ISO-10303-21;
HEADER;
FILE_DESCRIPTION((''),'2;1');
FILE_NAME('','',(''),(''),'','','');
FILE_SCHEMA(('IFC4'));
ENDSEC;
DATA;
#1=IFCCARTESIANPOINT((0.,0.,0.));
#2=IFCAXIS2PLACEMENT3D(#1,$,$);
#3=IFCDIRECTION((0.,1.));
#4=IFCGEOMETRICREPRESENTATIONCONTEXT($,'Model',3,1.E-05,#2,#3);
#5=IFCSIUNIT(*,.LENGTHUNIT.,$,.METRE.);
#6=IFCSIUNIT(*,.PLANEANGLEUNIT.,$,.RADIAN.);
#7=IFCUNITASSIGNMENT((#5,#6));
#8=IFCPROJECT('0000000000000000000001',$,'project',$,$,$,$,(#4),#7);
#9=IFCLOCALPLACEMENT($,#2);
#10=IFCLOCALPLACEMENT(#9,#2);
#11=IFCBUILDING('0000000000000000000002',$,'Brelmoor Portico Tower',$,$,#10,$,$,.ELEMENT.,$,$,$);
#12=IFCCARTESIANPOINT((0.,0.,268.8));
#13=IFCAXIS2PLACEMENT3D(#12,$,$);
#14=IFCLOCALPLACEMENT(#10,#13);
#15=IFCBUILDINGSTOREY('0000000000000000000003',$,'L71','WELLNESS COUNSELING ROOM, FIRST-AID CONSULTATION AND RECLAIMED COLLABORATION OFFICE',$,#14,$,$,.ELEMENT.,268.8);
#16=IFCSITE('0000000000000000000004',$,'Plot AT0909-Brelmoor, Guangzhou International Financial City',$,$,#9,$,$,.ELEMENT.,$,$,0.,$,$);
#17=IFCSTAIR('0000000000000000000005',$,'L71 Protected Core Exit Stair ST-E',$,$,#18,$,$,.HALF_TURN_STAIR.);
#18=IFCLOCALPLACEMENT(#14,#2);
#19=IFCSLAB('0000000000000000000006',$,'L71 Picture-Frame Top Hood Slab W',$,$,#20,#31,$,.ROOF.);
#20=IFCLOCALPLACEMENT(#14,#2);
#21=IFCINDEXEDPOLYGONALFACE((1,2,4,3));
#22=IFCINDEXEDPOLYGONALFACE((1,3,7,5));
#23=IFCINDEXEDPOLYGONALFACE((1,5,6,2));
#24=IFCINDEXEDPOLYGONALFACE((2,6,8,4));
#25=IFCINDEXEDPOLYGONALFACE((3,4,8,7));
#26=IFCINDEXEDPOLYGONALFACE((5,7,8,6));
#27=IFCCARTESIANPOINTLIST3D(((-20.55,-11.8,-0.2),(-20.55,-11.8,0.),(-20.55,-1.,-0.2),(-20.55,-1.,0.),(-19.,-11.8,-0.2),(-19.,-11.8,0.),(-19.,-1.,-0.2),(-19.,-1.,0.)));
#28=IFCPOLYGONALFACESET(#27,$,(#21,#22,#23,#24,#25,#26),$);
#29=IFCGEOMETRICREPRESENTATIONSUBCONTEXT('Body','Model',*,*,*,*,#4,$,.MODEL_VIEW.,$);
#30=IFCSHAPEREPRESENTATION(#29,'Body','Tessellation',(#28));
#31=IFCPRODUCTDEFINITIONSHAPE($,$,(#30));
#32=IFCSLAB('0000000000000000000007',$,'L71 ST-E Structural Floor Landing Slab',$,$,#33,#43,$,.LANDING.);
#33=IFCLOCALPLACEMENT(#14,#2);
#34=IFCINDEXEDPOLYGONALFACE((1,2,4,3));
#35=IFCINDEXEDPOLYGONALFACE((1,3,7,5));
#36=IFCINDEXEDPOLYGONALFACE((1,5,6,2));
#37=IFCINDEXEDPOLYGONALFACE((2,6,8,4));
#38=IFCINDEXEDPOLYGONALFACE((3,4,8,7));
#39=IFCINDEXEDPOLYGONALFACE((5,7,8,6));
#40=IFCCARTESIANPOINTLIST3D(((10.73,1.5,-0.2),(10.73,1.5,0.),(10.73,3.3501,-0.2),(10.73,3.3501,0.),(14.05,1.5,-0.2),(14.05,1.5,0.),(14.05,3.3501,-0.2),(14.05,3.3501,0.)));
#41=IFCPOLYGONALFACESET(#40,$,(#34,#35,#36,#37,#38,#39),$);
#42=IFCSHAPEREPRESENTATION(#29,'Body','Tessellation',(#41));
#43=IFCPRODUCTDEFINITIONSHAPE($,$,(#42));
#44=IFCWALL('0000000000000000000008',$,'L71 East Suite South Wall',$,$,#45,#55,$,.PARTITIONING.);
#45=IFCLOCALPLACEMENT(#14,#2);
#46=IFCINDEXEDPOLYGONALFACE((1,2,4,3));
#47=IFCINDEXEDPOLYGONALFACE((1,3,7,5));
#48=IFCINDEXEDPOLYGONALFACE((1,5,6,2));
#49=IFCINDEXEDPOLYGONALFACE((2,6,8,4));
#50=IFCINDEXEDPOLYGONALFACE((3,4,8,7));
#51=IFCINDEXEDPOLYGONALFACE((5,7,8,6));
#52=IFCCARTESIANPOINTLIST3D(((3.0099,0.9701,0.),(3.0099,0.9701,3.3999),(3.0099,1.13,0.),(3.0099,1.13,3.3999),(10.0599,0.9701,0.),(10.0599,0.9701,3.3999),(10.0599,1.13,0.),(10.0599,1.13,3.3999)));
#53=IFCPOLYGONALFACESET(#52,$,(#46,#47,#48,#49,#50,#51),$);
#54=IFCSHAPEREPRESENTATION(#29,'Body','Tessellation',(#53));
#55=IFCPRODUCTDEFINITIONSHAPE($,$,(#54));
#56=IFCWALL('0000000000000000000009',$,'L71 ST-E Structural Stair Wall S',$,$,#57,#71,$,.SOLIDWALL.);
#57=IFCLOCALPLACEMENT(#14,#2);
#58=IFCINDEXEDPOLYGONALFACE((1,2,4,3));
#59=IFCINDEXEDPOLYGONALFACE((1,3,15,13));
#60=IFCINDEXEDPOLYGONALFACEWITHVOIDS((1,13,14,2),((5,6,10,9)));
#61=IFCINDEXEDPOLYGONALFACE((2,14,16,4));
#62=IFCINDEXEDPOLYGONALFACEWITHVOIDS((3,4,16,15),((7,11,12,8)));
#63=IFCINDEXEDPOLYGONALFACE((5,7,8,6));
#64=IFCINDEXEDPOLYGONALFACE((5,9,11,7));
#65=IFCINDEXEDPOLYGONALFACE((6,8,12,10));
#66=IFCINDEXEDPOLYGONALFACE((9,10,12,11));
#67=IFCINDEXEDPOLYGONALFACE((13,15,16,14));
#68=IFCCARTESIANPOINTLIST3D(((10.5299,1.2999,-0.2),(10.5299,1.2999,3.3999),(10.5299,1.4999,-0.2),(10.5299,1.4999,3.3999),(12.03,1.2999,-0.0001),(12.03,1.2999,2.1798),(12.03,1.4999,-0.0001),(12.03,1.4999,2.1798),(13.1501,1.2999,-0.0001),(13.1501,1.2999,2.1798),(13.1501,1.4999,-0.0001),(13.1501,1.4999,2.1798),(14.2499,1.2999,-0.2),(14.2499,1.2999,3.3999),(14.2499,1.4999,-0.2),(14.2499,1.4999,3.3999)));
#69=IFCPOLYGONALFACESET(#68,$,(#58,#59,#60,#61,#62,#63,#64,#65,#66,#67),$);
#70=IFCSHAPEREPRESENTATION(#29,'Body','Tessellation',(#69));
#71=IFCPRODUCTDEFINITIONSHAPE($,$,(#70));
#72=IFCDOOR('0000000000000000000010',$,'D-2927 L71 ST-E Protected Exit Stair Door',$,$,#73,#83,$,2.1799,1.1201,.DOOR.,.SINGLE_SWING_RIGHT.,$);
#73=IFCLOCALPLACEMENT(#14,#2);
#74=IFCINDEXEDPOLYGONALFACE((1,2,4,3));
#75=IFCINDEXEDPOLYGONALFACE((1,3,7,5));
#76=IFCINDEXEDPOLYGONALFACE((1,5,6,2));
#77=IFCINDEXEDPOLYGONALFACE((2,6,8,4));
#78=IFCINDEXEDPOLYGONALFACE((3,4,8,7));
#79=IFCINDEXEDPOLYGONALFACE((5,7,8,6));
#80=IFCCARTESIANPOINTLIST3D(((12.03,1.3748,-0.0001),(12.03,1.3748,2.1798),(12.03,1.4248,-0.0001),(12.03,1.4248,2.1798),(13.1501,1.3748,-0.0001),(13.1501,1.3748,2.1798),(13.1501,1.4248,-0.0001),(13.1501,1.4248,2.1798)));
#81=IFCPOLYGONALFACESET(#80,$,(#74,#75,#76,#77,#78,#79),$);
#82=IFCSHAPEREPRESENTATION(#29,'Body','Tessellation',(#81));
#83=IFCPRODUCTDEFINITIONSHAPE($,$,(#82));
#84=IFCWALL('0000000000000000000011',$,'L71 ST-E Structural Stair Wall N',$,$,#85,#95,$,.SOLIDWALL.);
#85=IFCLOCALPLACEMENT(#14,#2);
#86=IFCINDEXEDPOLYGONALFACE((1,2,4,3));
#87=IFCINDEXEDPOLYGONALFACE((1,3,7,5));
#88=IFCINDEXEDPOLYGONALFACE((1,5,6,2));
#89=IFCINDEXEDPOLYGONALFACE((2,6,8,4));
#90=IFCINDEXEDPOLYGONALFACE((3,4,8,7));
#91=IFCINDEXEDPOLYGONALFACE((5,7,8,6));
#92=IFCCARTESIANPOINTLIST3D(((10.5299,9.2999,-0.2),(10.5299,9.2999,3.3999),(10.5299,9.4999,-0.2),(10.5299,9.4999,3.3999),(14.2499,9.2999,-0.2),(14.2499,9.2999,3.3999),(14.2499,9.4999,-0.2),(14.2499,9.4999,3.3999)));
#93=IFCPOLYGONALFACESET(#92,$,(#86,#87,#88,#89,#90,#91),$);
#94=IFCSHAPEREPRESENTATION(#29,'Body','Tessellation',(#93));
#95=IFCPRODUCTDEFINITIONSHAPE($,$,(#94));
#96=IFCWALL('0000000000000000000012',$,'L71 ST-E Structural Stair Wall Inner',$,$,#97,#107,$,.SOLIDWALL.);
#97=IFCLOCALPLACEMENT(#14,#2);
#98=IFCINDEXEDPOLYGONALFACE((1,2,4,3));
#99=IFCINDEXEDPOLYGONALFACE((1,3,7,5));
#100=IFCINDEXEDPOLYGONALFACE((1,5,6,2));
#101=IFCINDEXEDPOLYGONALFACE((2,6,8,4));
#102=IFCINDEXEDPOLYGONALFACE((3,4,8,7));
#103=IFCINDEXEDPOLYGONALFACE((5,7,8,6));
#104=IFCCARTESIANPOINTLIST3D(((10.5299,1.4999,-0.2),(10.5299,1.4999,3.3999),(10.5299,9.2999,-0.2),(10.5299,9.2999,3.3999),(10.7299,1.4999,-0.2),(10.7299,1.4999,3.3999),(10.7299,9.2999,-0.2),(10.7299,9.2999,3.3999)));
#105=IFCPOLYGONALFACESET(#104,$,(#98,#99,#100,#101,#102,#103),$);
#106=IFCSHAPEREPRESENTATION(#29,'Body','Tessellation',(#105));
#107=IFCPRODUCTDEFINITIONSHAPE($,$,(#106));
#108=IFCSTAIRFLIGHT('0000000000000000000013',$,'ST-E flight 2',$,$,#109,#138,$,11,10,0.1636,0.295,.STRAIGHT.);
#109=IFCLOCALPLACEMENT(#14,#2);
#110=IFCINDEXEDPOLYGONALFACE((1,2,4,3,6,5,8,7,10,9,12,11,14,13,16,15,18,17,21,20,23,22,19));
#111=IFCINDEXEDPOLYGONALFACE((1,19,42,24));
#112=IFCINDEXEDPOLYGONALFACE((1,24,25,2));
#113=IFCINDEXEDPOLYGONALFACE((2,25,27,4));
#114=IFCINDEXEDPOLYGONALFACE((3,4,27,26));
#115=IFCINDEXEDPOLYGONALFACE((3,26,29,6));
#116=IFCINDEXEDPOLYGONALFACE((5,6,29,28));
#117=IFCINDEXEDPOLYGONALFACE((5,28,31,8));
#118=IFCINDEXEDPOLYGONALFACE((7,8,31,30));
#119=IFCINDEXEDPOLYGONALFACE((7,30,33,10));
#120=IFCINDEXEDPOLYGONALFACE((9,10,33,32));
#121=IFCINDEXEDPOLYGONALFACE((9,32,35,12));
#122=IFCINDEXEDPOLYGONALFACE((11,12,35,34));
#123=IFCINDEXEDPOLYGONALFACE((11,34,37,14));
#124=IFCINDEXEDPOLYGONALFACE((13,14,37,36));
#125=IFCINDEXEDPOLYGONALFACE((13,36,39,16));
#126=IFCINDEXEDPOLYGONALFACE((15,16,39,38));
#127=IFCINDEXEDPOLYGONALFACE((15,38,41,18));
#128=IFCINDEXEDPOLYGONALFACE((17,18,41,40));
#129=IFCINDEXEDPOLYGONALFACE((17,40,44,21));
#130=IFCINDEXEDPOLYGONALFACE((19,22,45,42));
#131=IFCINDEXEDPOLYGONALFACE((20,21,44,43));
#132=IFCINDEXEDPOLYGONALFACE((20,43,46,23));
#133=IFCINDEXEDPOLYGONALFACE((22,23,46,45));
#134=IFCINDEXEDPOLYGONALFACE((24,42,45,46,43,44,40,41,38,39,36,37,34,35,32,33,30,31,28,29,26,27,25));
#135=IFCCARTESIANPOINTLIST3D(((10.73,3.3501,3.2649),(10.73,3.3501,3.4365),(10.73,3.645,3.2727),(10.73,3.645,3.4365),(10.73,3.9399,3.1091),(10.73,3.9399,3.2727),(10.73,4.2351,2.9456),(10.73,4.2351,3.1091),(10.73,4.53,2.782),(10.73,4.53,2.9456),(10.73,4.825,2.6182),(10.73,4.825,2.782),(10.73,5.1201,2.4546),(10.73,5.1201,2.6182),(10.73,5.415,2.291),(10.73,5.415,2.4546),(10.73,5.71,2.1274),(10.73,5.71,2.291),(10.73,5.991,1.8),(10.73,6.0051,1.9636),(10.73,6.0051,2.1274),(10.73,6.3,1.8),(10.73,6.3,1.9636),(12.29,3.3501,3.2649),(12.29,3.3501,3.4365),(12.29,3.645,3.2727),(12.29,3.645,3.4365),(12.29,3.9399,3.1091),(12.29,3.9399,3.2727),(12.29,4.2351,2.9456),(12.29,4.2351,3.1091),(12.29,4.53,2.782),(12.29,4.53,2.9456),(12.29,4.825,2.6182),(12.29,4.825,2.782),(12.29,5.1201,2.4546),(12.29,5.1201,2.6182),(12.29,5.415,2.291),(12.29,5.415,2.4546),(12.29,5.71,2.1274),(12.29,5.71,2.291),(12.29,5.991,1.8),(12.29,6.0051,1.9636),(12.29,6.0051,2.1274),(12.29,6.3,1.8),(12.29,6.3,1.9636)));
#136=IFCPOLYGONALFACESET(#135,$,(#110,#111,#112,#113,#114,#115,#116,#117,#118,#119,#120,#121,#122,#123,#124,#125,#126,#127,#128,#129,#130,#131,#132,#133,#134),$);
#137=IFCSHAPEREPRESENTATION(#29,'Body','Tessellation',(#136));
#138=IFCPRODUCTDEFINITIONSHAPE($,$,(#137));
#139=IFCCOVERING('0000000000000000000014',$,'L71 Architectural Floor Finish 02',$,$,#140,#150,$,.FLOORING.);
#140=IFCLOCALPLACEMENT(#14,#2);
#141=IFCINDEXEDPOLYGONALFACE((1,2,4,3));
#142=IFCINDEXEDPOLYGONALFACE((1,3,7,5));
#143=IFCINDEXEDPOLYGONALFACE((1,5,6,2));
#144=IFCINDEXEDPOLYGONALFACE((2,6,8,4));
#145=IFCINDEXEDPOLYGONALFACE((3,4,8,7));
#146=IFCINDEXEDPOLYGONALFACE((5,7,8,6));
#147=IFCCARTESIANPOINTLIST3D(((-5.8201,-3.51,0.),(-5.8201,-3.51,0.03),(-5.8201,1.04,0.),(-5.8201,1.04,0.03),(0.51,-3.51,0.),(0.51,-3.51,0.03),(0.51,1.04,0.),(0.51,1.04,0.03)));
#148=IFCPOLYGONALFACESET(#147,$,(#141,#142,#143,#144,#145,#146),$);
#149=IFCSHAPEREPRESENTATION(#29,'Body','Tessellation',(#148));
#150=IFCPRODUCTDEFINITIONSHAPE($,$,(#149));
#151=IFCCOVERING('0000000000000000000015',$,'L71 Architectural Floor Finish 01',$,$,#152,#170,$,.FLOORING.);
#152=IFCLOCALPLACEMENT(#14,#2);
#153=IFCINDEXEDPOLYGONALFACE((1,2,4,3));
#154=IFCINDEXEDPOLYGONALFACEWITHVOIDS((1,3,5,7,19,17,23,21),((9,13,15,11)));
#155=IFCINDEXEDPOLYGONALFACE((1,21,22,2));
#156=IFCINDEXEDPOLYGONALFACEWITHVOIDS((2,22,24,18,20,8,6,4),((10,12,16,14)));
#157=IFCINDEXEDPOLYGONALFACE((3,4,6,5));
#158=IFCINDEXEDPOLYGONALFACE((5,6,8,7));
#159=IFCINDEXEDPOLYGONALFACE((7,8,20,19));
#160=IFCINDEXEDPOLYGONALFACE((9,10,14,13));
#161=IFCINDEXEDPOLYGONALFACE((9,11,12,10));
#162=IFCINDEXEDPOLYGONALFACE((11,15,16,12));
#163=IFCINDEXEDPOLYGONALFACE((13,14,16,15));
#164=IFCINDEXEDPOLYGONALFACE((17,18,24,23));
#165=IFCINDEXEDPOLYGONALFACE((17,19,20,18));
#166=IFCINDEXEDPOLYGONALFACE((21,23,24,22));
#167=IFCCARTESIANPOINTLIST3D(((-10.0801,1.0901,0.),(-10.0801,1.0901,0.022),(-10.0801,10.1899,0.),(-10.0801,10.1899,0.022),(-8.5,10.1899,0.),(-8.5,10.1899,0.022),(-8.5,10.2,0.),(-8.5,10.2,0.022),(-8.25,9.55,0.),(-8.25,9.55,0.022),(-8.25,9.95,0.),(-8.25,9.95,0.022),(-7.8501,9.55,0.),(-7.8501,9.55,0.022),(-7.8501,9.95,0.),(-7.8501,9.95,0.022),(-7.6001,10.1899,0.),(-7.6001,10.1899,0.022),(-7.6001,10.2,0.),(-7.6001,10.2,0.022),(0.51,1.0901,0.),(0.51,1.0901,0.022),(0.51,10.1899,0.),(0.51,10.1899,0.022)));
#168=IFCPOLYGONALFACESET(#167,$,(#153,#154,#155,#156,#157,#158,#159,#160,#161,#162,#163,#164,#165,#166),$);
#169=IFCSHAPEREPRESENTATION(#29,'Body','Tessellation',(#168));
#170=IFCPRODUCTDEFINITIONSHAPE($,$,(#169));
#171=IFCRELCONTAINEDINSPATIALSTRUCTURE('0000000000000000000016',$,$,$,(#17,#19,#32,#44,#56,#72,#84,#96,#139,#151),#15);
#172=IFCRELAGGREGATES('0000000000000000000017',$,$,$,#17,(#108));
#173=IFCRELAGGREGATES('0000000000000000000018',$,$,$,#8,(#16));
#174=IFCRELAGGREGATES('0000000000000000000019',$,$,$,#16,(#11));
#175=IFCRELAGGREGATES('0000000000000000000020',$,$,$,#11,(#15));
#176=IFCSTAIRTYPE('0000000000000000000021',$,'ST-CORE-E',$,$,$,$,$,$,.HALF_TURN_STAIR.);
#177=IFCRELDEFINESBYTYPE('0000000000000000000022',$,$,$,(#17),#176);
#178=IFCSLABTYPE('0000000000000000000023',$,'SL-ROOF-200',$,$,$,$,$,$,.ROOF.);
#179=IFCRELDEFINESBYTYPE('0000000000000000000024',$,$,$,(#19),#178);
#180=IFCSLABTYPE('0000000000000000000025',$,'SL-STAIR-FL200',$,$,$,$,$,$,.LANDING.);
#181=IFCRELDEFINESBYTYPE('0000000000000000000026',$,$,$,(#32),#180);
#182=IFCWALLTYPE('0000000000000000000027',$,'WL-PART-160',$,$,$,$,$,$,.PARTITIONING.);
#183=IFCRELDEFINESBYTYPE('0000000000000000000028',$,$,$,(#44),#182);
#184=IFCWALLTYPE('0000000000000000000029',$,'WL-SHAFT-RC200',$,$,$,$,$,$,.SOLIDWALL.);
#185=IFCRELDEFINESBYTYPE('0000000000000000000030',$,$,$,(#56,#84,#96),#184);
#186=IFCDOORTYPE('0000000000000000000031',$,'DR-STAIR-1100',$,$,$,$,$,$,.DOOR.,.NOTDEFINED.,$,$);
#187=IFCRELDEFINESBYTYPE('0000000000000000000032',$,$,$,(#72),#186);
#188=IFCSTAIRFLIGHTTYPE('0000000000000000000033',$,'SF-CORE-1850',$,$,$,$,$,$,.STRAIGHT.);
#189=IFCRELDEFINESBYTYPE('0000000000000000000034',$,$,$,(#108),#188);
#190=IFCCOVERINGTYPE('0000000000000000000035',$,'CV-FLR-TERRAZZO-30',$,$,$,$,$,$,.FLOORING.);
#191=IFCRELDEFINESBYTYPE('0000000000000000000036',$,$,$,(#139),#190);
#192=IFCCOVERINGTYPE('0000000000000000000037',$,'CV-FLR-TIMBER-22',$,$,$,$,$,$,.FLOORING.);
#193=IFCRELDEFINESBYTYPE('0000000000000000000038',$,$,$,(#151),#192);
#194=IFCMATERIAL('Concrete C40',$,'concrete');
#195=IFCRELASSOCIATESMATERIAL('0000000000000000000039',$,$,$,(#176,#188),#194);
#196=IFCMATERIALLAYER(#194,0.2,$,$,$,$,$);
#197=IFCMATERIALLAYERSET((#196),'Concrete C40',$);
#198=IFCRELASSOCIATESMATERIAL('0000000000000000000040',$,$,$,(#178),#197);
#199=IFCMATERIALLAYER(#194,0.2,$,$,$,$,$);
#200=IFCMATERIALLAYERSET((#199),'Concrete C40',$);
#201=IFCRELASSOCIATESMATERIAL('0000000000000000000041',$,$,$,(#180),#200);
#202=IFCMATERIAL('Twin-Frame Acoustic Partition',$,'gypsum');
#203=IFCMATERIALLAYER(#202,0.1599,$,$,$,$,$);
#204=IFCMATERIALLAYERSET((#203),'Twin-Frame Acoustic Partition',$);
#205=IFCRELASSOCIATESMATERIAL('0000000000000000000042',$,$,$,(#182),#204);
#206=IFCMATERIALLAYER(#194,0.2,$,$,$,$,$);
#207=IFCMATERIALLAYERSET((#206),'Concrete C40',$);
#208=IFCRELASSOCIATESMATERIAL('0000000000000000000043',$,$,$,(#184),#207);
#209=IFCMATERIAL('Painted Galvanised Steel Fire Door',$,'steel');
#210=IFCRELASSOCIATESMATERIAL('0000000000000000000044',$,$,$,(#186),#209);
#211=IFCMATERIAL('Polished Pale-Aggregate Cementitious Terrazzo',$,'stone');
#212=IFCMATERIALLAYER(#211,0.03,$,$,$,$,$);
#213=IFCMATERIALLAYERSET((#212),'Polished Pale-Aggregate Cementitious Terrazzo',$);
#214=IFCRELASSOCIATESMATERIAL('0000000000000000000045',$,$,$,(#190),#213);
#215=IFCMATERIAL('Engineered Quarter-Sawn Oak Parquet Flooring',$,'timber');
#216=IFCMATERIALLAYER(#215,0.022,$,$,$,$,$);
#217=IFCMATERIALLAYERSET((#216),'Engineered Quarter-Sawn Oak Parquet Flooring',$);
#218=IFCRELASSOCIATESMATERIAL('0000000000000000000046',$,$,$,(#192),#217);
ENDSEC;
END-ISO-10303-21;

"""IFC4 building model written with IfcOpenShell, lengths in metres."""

from ifc_helpers import new_model, si_unit, direction, frame, frame_2d, origin, place, context, subcontext, project, spatial, polyline, rectangle, outline, extrude, material, layer, layer_set, type_object, element, fill, aggregate, save


model = new_model("IFC4")

# Units and contexts
model_context = context("Model", 3, precision=1e-05, world=origin(), true_north=direction((0.0, 1.0)))
body_context = subcontext(model_context, "Body", "Model", "MODEL_VIEW")
ifc_project = project(units=[si_unit("LENGTHUNIT", "METRE"), si_unit("PLANEANGLEUNIT", "RADIAN")], contexts=[model_context])

# Site, building, storey
site_placement = place(None, origin())
site = spatial("IfcSite", under=ifc_project, at=site_placement, Name="Plot AT0909-Brelmoor, Guangzhou International Financial City", CompositionType="ELEMENT", RefElevation=0.0)
building_placement = place(site_placement, origin())
building = spatial("IfcBuilding", under=site, at=building_placement, Name="Brelmoor Portico Tower", CompositionType="ELEMENT")
storey_placement = place(building_placement, frame((0.0, 0.0, 268.8)))
storey = spatial("IfcBuildingStorey", under=building, at=storey_placement, Name="L71", Description="WELLNESS COUNSELING ROOM, FIRST-AID CONSULTATION AND RECLAIMED COLLABORATION OFFICE", CompositionType="ELEMENT", Elevation=268.8)

# Shared definitions
ifc_material_1 = material(Name="Concrete C40", Category="concrete")

# Stair
stair_type_1 = type_object("IfcStairType", Name="ST-CORE-E", PredefinedType="HALF_TURN_STAIR", material=ifc_material_1)
stair_1_placement = place(storey_placement, origin())
stair_1 = element("IfcStair", 1, at=stair_1_placement, inside=storey, type_object=stair_type_1, Name="L71 Protected Core Exit Stair ST-E", PredefinedType="HALF_TURN_STAIR")

# Slabs
ifc_layer_1 = layer(ifc_material_1, 0.2)
ifc_layer_set_1 = layer_set([ifc_layer_1], Name="Concrete C40")
slab_type_1 = type_object("IfcSlabType", Name="SL-ROOF-200", PredefinedType="ROOF", material=ifc_layer_set_1)
slab_1_placement = place(storey_placement, frame((0.0, 0.0, -0.2)))
element("IfcSlab", 2, at=slab_1_placement, inside=storey, type_object=slab_type_1, Name="L71 Picture-Frame Top Hood Slab W", PredefinedType="ROOF", context=body_context, shape_type="SweptSolid", body=[
    extrude(outline(polyline([(-20.55, -11.8), (-19.0, -11.8), (-19.0, -1.0), (-20.55, -1.0), (-20.55, -11.8)])), origin(), (0.0, 0.0, 1.0), 0.2),
])
ifc_layer_2 = layer(ifc_material_1, 0.2)
ifc_layer_set_2 = layer_set([ifc_layer_2], Name="Concrete C40")
slab_type_2 = type_object("IfcSlabType", Name="SL-STAIR-FL200", PredefinedType="LANDING", material=ifc_layer_set_2)
slab_2_placement = place(storey_placement, frame((0.0, 0.0, -0.2)))
element("IfcSlab", 3, at=slab_2_placement, inside=storey, type_object=slab_type_2, Name="L71 ST-E Structural Floor Landing Slab", PredefinedType="LANDING", context=body_context, shape_type="SweptSolid", body=[
    extrude(outline(polyline([(14.05, 1.5), (14.05, 3.3501), (10.73, 3.3501), (10.73, 1.5), (14.05, 1.5)])), origin(), (0.0, 0.0, 1.0), 0.2),
])

# Wall
ifc_material_2 = material(Name="Twin-Frame Acoustic Partition", Category="gypsum")
ifc_layer_3 = layer(ifc_material_2, 0.1599)
ifc_layer_set_3 = layer_set([ifc_layer_3], Name="Twin-Frame Acoustic Partition")
wall_type_1 = type_object("IfcWallType", Name="WL-PART-160", PredefinedType="PARTITIONING", material=ifc_layer_set_3)
wall_1_placement = place(storey_placement, frame((3.01, 1.05, 0.0), z_axis=(0.0, 0.0, 1.0), x_axis=(1.0, 0.0, 0.0)))
element("IfcWall", 4, at=wall_1_placement, inside=storey, type_object=wall_type_1, Name="L71 East Suite South Wall", PredefinedType="PARTITIONING", context=body_context, shape_type="SweptSolid", body=[
    extrude(rectangle(XDim=7.05, YDim=0.1599, at=frame_2d((3.5249, 0.0))), origin(), (0.0, 0.0, 1.0), 3.3999),
])

# Wall, opening, door
ifc_layer_4 = layer(ifc_material_1, 0.2)
ifc_layer_set_4 = layer_set([ifc_layer_4], Name="Concrete C40")
wall_type_2 = type_object("IfcWallType", Name="WL-SHAFT-RC200", PredefinedType="SOLIDWALL", material=ifc_layer_set_4)
wall_2_placement = place(storey_placement, frame((10.53, 1.3999, -0.2), z_axis=(0.0, 0.0, 1.0), x_axis=(1.0, 0.0, 0.0)))
wall_2 = element("IfcWall", 5, at=wall_2_placement, inside=storey, type_object=wall_type_2, Name="L71 ST-E Structural Stair Wall S", PredefinedType="SOLIDWALL", context=body_context, shape_type="SweptSolid", body=[
    extrude(rectangle(XDim=3.72, YDim=0.2, at=frame_2d((1.8599, 0.0))), origin(), (0.0, 0.0, 1.0), 3.5999),
])
opening_placement = place(wall_2_placement, frame((1.5, 0.0, 0.2)))
opening = element("IfcOpeningElement", 6, at=opening_placement, cuts=wall_2, PredefinedType="OPENING", context=body_context, shape_type="SweptSolid", body=[
    extrude(rectangle(XDim=1.1201, YDim=2.1799, at=frame_2d((0.5601, 1.0898))), frame((0.0, 0.1099, 0.0), z_axis=(0.0, -1.0, 0.0), x_axis=(1.0, 0.0, 0.0)), (0.0, 0.0, 1.0), 0.22),
])
ifc_material_3 = material(Name="Painted Galvanised Steel Fire Door", Category="steel")
door_type = type_object("IfcDoorType", Name="DR-STAIR-1100", OperationType="NOTDEFINED", PredefinedType="DOOR", material=ifc_material_3)
door_placement = place(opening_placement, origin())
door = element("IfcDoor", 7, at=door_placement, inside=storey, type_object=door_type, Name="D-2927 L71 ST-E Protected Exit Stair Door", OperationType="SINGLE_SWING_RIGHT", OverallHeight=2.1799, OverallWidth=1.1201, PredefinedType="DOOR", context=body_context, shape_type="SweptSolid", body=[
    extrude(rectangle(XDim=1.1201, YDim=2.1799, at=frame_2d((0.5601, 1.0898))), frame((0.0, 0.0249, 0.0), z_axis=(0.0, -1.0, 0.0), x_axis=(1.0, 0.0, 0.0)), (0.0, 0.0, 1.0), 0.05),
])
fill(opening, door)

# Walls
wall_3_placement = place(storey_placement, frame((10.53, 9.3999, -0.2), z_axis=(0.0, 0.0, 1.0), x_axis=(1.0, 0.0, 0.0)))
element("IfcWall", 8, at=wall_3_placement, inside=storey, type_object=wall_type_2, Name="L71 ST-E Structural Stair Wall N", PredefinedType="SOLIDWALL", context=body_context, shape_type="SweptSolid", body=[
    extrude(rectangle(XDim=3.72, YDim=0.2, at=frame_2d((1.8599, 0.0))), origin(), (0.0, 0.0, 1.0), 3.5999),
])
wall_4_placement = place(storey_placement, frame((10.6299, 1.5, -0.2), z_axis=(0.0, 0.0, 1.0), x_axis=(0.0, 1.0, 0.0)))
element("IfcWall", 9, at=wall_4_placement, inside=storey, type_object=wall_type_2, Name="L71 ST-E Structural Stair Wall Inner", PredefinedType="SOLIDWALL", context=body_context, shape_type="SweptSolid", body=[
    extrude(rectangle(XDim=7.8, YDim=0.2, at=frame_2d((3.8999, 0.0))), origin(), (0.0, 0.0, 1.0), 3.5999),
])

# Stair flight
stair_flight_type = type_object("IfcStairFlightType", Name="SF-CORE-1850", PredefinedType="STRAIGHT", material=ifc_material_1)
stair_flight_placement = place(storey_placement, frame((11.51, 6.3, 1.8), z_axis=(0.0, 0.0, 1.0), x_axis=(0.0, -1.0, 0.0)))
stair_flight = element("IfcStairFlight", 10, at=stair_flight_placement, type_object=stair_flight_type, Name="ST-E flight 2", NumberOfRisers=11, NumberOfTreads=10, PredefinedType="STRAIGHT", RiserHeight=0.1636, TreadLength=0.295, context=body_context, shape_type="SweptSolid", body=[
    extrude(outline(polyline([(0.0, 0.0), (0.0, 0.1636), (0.2949, 0.1636), (0.2949, 0.3274), (0.5901, 0.3274), (0.5901, 0.491), (0.885, 0.491), (0.885, 0.6545), (1.1799, 0.6545), (1.1799, 0.8181), (1.4751, 0.8181), (1.4751, 0.9819), (1.77, 0.9819), (1.77, 1.1455), (2.0649, 1.1455), (2.0649, 1.3091), (2.3601, 1.3091), (2.3601, 1.4727), (2.655, 1.4727), (2.655, 1.6365), (2.95, 1.6365), (2.95, 1.8), (2.95, 1.4648), (0.3091, 0.0), (0.0, 0.0)])), frame((0.0, 0.78, 0.0), z_axis=(0.0, -1.0, 0.0), x_axis=(1.0, 0.0, 0.0)), (0.0, 0.0, 1.0), 1.5601),
])
aggregate(stair_1, [stair_flight])

# Coverings
ifc_material_4 = material(Name="Polished Pale-Aggregate Cementitious Terrazzo", Category="stone")
ifc_layer_5 = layer(ifc_material_4, 0.03)
ifc_layer_set_5 = layer_set([ifc_layer_5], Name="Polished Pale-Aggregate Cementitious Terrazzo")
covering_type_1 = type_object("IfcCoveringType", Name="CV-FLR-TERRAZZO-30", PredefinedType="FLOORING", material=ifc_layer_set_5)
covering_1_placement = place(storey_placement, origin())
element("IfcCovering", 11, at=covering_1_placement, inside=storey, type_object=covering_type_1, Name="L71 Architectural Floor Finish 02", PredefinedType="FLOORING", context=body_context, shape_type="SweptSolid", body=[
    extrude(outline(polyline([(-5.8201, -3.51), (-5.8201, 1.04), (0.51, 1.04), (0.51, -3.51), (-5.8201, -3.51)])), origin(), (0.0, 0.0, 1.0), 0.03),
])
ifc_material_5 = material(Name="Engineered Quarter-Sawn Oak Parquet Flooring", Category="timber")
ifc_layer_6 = layer(ifc_material_5, 0.022)
ifc_layer_set_6 = layer_set([ifc_layer_6], Name="Engineered Quarter-Sawn Oak Parquet Flooring")
covering_type_2 = type_object("IfcCoveringType", Name="CV-FLR-TIMBER-22", PredefinedType="FLOORING", material=ifc_layer_set_6)
covering_2_placement = place(storey_placement, origin())
element("IfcCovering", 12, at=covering_2_placement, inside=storey, type_object=covering_type_2, Name="L71 Architectural Floor Finish 01", PredefinedType="FLOORING", context=body_context, shape_type="SweptSolid", body=[
    extrude(outline(polyline([(-10.0801, 10.1899), (-8.5, 10.1899), (-8.5, 10.2), (-7.6001, 10.2), (-7.6001, 10.1899), (0.51, 10.1899), (0.51, 1.0901), (-10.0801, 1.0901), (-10.0801, 10.1899)]), holes=[polyline([(-7.8501, 9.55), (-7.8501, 9.95), (-8.25, 9.95), (-8.25, 9.55), (-7.8501, 9.55)])]), origin(), (0.0, 0.0, 1.0), 0.022),
])

save(model, "model.ifc")
